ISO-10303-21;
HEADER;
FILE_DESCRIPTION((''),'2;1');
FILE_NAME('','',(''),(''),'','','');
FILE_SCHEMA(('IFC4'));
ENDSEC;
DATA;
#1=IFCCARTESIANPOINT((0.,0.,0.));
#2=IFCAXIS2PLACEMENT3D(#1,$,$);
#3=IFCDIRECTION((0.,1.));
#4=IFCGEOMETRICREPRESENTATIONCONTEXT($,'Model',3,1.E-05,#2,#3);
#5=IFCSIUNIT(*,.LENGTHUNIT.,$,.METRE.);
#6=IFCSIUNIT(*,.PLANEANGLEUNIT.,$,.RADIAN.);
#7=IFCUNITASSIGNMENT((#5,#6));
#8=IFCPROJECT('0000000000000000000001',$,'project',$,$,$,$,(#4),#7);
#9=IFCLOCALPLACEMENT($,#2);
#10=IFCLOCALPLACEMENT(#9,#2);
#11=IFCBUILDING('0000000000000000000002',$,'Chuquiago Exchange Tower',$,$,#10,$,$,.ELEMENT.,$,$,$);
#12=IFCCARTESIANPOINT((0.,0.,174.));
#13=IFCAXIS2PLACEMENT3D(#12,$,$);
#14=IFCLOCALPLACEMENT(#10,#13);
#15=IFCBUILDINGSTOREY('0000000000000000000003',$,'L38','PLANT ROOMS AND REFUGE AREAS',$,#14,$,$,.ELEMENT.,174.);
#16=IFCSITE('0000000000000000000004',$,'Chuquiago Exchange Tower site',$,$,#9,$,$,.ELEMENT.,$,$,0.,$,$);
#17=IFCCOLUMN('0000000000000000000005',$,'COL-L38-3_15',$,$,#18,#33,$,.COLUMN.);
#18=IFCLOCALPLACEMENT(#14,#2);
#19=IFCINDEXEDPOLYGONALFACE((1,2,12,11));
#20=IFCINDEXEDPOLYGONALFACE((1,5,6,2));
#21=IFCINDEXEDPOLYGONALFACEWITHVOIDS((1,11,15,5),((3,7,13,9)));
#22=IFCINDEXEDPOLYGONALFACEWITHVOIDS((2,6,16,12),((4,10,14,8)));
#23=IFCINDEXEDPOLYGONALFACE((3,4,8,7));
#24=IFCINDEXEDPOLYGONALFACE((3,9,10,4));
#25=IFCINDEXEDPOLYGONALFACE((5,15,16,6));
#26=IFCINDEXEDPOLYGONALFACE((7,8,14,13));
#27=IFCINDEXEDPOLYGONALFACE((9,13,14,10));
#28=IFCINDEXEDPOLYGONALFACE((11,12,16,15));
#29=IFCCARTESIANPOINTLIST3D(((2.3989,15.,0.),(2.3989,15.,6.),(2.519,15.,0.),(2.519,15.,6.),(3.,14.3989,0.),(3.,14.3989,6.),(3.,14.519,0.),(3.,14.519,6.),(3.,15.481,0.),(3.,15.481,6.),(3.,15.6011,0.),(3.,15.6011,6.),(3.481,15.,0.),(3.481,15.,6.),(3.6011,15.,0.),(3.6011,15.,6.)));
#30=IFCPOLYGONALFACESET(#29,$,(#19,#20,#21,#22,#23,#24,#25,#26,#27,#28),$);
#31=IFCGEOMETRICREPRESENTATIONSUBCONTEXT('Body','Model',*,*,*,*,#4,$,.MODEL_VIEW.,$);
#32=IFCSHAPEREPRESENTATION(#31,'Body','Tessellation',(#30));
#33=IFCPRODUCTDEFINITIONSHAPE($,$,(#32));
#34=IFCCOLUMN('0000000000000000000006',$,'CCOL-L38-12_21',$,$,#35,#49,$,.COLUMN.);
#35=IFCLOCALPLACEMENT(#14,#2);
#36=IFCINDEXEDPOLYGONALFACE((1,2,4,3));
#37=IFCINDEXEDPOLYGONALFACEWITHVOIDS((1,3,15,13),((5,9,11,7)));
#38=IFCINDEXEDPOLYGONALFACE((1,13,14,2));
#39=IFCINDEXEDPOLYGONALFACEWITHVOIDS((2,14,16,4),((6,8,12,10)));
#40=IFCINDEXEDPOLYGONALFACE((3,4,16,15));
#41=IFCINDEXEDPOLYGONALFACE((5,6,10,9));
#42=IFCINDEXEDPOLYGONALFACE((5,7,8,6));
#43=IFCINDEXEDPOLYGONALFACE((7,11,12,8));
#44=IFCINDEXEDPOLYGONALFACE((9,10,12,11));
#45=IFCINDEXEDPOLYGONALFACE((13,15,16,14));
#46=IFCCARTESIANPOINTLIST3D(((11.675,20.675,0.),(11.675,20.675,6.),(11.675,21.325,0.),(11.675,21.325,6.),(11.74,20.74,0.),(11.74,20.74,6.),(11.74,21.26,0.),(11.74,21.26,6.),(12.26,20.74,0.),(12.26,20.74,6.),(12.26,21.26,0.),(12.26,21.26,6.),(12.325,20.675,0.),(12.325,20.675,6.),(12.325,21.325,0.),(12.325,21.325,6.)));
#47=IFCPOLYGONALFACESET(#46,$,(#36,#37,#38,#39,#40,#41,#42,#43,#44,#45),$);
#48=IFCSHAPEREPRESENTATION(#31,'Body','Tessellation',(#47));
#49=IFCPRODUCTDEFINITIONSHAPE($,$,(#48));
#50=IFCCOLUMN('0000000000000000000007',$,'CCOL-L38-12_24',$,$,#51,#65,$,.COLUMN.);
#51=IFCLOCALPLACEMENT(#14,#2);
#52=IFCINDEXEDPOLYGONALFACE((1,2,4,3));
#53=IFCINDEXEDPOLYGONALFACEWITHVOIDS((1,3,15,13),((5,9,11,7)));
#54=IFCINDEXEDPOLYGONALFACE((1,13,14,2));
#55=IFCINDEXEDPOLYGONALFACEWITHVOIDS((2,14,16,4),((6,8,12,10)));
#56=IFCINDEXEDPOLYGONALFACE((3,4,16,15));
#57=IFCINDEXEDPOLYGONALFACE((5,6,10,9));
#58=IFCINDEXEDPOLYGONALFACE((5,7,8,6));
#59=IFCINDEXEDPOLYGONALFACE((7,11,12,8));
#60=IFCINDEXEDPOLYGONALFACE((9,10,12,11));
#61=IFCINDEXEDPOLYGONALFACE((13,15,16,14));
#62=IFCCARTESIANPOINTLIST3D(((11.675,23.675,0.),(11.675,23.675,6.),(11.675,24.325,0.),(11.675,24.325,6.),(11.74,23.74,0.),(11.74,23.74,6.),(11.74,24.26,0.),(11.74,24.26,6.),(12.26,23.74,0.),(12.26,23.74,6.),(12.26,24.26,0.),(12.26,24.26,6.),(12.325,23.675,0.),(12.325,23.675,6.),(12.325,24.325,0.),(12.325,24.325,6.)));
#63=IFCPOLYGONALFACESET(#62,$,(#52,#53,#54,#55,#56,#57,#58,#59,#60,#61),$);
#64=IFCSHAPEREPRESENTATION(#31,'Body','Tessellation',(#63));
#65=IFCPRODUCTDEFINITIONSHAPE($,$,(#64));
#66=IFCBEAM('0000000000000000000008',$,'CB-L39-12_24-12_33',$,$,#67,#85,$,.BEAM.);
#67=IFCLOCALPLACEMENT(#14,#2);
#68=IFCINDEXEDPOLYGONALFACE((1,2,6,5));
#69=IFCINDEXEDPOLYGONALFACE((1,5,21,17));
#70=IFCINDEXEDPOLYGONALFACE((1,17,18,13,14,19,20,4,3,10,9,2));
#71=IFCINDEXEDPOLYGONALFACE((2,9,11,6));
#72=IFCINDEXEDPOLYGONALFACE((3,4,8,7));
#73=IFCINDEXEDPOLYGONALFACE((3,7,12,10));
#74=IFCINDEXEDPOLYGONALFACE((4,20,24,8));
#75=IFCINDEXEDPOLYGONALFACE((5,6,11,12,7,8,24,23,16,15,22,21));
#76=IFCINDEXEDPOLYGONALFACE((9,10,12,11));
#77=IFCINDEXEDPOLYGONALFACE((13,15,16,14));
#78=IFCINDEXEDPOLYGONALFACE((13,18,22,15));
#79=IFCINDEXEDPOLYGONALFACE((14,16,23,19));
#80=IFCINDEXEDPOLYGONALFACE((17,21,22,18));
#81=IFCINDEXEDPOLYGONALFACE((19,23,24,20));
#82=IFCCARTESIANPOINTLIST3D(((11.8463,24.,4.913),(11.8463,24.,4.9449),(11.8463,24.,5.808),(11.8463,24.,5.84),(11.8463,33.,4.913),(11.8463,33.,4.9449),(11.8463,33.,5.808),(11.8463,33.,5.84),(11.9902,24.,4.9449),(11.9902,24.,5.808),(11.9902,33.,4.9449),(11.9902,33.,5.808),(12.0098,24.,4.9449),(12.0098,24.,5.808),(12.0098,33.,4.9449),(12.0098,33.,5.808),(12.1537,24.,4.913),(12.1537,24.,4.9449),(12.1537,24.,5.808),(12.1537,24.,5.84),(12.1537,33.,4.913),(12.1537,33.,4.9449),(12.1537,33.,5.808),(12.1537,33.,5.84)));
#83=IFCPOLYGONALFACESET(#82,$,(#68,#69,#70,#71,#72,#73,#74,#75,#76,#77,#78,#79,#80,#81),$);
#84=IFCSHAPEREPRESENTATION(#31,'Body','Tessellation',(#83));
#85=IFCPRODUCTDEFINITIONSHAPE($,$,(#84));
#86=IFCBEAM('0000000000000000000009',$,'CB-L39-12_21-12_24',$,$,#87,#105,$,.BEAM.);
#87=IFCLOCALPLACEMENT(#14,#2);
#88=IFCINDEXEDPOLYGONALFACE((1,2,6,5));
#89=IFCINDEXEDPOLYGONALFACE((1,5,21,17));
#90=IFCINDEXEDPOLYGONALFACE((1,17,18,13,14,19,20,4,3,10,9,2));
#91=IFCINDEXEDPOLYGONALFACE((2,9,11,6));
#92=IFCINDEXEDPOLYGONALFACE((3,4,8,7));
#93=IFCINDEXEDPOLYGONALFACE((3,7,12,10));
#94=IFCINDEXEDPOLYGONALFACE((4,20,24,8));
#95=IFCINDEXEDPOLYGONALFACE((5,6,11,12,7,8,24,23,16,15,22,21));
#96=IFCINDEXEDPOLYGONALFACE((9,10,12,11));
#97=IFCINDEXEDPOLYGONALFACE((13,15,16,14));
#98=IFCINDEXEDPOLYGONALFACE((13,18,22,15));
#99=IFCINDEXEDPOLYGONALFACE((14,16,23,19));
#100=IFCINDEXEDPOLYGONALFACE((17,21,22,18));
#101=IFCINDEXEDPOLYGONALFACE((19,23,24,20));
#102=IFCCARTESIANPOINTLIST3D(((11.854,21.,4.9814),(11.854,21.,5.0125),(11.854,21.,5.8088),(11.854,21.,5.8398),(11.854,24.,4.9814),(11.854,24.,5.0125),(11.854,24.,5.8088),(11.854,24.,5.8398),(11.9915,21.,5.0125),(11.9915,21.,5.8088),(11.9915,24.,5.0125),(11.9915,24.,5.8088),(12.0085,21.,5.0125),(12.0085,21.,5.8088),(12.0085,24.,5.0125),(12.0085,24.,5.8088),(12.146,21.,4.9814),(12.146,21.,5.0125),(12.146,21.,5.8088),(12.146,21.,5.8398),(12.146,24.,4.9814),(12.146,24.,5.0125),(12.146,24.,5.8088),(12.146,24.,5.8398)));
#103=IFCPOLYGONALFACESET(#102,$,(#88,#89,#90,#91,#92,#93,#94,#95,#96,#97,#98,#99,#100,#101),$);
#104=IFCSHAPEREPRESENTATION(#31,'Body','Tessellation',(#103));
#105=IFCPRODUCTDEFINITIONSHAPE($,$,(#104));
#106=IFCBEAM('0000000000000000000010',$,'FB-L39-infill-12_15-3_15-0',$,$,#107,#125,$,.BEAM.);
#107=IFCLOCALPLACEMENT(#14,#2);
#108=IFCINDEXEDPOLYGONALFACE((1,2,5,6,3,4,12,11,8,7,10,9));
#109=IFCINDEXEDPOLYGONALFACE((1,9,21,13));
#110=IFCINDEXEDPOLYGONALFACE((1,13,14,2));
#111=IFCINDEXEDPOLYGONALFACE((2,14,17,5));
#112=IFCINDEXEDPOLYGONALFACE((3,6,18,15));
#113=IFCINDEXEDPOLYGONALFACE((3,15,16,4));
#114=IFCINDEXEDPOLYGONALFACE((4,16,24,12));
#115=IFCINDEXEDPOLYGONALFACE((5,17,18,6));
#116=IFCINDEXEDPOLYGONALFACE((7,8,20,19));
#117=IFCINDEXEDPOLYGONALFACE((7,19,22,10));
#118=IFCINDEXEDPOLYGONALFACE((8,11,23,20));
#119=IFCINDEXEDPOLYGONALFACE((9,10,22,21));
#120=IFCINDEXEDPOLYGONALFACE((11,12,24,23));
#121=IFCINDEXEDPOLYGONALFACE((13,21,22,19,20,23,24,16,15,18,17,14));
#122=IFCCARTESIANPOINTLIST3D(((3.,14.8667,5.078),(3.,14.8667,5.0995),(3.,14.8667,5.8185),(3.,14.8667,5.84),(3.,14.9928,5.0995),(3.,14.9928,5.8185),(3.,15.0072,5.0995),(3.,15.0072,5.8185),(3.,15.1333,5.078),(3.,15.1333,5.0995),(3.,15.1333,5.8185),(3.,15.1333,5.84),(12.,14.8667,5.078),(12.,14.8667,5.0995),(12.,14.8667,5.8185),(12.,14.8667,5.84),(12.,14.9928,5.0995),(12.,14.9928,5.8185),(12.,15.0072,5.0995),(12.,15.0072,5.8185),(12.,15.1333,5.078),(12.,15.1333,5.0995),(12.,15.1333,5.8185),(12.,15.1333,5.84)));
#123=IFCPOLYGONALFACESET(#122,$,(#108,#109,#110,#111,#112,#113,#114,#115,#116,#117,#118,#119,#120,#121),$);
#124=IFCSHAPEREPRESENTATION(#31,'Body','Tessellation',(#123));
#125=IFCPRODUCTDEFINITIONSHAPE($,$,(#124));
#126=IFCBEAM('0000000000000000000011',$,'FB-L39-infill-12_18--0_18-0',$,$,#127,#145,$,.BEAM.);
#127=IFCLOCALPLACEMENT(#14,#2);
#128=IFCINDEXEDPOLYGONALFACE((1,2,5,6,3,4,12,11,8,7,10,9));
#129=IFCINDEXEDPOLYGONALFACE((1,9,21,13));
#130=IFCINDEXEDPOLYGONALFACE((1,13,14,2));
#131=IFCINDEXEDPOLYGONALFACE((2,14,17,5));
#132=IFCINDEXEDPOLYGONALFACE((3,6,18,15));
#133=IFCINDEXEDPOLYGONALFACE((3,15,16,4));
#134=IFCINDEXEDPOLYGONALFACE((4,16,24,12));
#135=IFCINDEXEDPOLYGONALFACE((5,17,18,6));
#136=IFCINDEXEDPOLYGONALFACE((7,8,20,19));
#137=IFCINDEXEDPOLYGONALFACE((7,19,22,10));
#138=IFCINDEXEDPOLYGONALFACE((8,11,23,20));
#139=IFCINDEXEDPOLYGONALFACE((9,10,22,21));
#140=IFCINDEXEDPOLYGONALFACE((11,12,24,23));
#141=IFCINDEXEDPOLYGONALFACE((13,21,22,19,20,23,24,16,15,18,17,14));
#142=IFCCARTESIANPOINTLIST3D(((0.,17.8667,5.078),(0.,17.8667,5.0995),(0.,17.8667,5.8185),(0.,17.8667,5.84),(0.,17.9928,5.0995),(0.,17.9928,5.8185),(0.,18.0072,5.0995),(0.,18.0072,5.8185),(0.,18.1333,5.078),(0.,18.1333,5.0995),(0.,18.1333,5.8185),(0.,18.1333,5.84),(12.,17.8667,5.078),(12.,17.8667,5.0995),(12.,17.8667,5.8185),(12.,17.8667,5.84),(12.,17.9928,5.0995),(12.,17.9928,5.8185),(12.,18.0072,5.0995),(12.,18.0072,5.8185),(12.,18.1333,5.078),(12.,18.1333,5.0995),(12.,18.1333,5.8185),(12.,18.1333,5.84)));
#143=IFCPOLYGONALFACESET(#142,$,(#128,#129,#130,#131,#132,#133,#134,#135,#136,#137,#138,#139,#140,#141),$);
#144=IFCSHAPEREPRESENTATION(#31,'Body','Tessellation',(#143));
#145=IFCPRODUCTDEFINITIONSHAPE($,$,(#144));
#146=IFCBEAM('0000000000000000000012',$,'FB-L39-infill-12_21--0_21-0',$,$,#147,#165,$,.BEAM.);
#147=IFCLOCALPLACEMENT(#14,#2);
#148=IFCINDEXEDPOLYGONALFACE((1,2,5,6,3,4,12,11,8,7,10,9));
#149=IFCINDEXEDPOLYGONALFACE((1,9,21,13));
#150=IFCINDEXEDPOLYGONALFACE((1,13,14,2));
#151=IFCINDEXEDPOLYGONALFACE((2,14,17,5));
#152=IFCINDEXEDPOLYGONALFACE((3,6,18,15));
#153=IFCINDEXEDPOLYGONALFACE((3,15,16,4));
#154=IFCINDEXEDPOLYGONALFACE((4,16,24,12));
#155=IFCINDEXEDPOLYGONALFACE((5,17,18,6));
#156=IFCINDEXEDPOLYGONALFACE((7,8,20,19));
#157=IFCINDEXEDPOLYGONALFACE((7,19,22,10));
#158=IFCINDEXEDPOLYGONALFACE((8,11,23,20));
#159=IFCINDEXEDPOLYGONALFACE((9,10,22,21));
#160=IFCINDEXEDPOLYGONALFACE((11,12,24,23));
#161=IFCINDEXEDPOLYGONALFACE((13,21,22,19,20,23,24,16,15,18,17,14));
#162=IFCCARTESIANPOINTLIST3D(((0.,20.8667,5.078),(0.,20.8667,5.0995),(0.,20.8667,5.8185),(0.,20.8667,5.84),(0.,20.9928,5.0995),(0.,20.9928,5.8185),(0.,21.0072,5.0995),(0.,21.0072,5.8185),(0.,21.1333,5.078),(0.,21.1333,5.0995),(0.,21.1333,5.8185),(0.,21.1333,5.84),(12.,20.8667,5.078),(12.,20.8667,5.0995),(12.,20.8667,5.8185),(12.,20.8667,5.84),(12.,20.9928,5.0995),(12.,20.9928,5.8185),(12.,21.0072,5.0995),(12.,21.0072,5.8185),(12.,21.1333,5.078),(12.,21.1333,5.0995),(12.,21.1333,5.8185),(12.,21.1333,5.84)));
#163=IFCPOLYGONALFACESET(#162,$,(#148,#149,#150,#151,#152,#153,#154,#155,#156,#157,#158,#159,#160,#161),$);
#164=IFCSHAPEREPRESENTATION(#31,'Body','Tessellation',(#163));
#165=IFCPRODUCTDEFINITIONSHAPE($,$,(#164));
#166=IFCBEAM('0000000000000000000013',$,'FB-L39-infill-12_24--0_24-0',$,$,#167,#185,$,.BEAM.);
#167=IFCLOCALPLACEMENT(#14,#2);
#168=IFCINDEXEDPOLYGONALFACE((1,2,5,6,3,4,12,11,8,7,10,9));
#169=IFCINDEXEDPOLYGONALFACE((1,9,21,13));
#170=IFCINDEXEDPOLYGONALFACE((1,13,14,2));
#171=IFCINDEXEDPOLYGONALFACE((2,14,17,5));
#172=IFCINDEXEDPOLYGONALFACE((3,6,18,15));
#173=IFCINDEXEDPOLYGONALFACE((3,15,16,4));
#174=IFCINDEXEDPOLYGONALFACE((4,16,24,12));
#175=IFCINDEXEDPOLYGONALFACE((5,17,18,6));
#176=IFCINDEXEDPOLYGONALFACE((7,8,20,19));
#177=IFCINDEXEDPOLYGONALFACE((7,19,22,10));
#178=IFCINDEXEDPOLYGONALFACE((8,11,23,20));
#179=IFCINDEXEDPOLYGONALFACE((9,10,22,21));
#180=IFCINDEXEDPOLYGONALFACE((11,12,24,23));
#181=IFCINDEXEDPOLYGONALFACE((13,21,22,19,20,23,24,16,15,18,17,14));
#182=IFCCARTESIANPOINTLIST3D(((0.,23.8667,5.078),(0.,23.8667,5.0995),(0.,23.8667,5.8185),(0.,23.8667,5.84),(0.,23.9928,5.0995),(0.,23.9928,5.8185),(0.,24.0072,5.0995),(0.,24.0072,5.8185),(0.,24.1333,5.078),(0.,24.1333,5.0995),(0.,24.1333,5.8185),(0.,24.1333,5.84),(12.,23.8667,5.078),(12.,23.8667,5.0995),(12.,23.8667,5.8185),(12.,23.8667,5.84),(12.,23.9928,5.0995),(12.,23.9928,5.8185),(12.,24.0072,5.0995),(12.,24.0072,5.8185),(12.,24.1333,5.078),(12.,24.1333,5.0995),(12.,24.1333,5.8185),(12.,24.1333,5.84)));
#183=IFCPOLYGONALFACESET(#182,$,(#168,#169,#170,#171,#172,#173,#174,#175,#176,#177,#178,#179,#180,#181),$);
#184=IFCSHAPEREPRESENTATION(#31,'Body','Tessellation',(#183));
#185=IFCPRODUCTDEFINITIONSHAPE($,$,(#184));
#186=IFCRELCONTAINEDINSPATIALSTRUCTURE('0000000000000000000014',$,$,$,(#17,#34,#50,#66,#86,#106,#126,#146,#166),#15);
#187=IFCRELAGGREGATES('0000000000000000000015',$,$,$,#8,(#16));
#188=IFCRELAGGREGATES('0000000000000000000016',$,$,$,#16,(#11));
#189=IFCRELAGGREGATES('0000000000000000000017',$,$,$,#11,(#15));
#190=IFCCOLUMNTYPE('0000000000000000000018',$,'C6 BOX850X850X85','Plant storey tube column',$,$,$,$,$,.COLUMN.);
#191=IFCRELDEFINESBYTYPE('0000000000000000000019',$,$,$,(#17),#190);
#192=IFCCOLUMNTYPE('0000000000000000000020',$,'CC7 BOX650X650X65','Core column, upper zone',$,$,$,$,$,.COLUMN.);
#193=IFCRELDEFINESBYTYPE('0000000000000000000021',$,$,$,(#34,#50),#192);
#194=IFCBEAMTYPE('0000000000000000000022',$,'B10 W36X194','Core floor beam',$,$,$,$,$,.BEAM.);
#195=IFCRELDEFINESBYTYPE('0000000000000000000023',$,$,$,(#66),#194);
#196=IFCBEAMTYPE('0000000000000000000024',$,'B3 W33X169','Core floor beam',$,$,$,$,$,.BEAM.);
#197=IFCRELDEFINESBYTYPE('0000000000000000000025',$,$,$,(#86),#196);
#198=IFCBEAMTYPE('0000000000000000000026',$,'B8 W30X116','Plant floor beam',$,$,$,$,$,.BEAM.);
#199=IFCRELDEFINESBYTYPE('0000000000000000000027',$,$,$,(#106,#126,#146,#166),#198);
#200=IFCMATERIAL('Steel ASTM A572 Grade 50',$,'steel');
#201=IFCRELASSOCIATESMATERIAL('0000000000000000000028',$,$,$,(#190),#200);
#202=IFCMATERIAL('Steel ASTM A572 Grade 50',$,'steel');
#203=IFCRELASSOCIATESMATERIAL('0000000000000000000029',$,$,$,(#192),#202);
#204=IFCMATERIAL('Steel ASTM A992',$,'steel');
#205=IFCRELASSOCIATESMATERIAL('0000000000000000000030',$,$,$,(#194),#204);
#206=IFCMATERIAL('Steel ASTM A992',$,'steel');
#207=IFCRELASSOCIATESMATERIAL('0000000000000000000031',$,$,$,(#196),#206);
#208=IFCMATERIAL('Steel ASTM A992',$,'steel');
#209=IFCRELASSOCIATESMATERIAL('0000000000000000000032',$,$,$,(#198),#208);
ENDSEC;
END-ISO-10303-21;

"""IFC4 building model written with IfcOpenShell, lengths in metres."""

from ifc_helpers import new_model, si_unit, direction, frame, origin, origin_2d, place, context, subcontext, project, spatial, hollow_rectangle, i_section, extrude, material, material_profile, profile_set, type_object, element, save


model = new_model("IFC4")

# Units and contexts
model_context = context("Model", 3, precision=1e-05, world=origin(), true_north=direction((0.0, 1.0)))
body_context = subcontext(model_context, "Body", "Model", "MODEL_VIEW")
ifc_project = project(units=[si_unit("LENGTHUNIT", "METRE"), si_unit("PLANEANGLEUNIT", "RADIAN")], contexts=[model_context])

# Site, building, storey
site_placement = place(None, origin())
site = spatial("IfcSite", under=ifc_project, at=site_placement, Name="Chuquiago Exchange Tower site", CompositionType="ELEMENT", RefElevation=0.0)
building_placement = place(site_placement, origin())
building = spatial("IfcBuilding", under=site, at=building_placement, Name="Chuquiago Exchange Tower", CompositionType="ELEMENT")
storey_placement = place(building_placement, frame((0.0, 0.0, 174.0)))
storey = spatial("IfcBuildingStorey", under=building, at=storey_placement, Name="L38", Description="PLANT ROOMS AND REFUGE AREAS", CompositionType="ELEMENT", Elevation=174.0)

# Columns
ifc_material_1 = material(Name="Steel ASTM A572 Grade 50", Category="steel")
ifc_material_profile_1 = material_profile(ifc_material_1, hollow_rectangle(XDim=0.8501, YDim=0.8501, WallThickness=0.085, at=origin_2d()), Name="BOX850X850X85")
ifc_profile_set_1 = profile_set([ifc_material_profile_1], Name="Steel ASTM A572 Grade 50")
column_type_1 = type_object("IfcColumnType", Name="C6 BOX850X850X85", Description="Plant storey tube column", PredefinedType="COLUMN", material=ifc_profile_set_1)
column_placement = place(storey_placement, frame((3.0, 15.0, 0.0), z_axis=(0.0, 0.0, 1.0), x_axis=(-0.707107, -0.707107, 0.0)))
element("IfcColumn", 1, at=column_placement, inside=storey, type_object=column_type_1, Name="COL-L38-3_15", PredefinedType="COLUMN", context=body_context, shape_type="SweptSolid", body=[
    extrude(hollow_rectangle(XDim=0.8501, YDim=0.8501, WallThickness=0.085, at=origin_2d()), origin(), (0.0, 0.0, 1.0), 6.0),
])
ifc_material_2 = material(Name="Steel ASTM A572 Grade 50", Category="steel")
ifc_material_profile_2 = material_profile(ifc_material_2, hollow_rectangle(XDim=0.6499, YDim=0.6499, WallThickness=0.0649, at=origin_2d()), Name="BOX650X650X65")
ifc_profile_set_2 = profile_set([ifc_material_profile_2], Name="Steel ASTM A572 Grade 50")
column_type_2 = type_object("IfcColumnType", Name="CC7 BOX650X650X65", Description="Core column, upper zone", PredefinedType="COLUMN", material=ifc_profile_set_2)
for number, where, z_axis, x_axis, name in (
    (2, (12.0, 21.0, 0.0), (0.0, 0.0, 1.0), (1.0, 0.0, 0.0), "CCOL-L38-12_21"),
    (3, (12.0, 24.0, 0.0), (0.0, 0.0, 1.0), (1.0, 0.0, 0.0), "CCOL-L38-12_24"),
):
    element("IfcColumn", number, at=place(storey_placement, frame(where, z_axis=z_axis, x_axis=x_axis)), inside=storey, type_object=column_type_2, Name=name, PredefinedType="COLUMN", context=body_context, shape_type="SweptSolid", body=[
        extrude(hollow_rectangle(XDim=0.6499, YDim=0.6499, WallThickness=0.0649, at=origin_2d()), origin(), (0.0, 0.0, 1.0), 6.0),
    ])

# Beams
ifc_material_3 = material(Name="Steel ASTM A992", Category="steel")
ifc_material_profile_3 = material_profile(ifc_material_3, i_section(OverallWidth=0.3074, OverallDepth=0.927, WebThickness=0.0195, FlangeThickness=0.032, at=origin_2d()), Name="W36X194")
ifc_profile_set_3 = profile_set([ifc_material_profile_3], Name="Steel ASTM A992")
beam_type_1 = type_object("IfcBeamType", Name="B10 W36X194", Description="Core floor beam", PredefinedType="BEAM", material=ifc_profile_set_3)
beam_1_placement = place(storey_placement, frame((12.0, 24.0, 5.3765), z_axis=(0.0, 1.0, 0.0), x_axis=(-1.0, 0.0, 0.0)))
element("IfcBeam", 4, at=beam_1_placement, inside=storey, type_object=beam_type_1, Name="CB-L39-12_24-12_33", PredefinedType="BEAM", context=body_context, shape_type="SweptSolid", body=[
    extrude(i_section(OverallWidth=0.3074, OverallDepth=0.927, WebThickness=0.0195, FlangeThickness=0.032, at=origin_2d()), origin(), (0.0, 0.0, 1.0), 9.0),
])
ifc_material_4 = material(Name="Steel ASTM A992", Category="steel")
ifc_material_profile_4 = material_profile(ifc_material_4, i_section(OverallWidth=0.292, OverallDepth=0.8584, WebThickness=0.0171, FlangeThickness=0.031, at=origin_2d()), Name="W33X169")
ifc_profile_set_4 = profile_set([ifc_material_profile_4], Name="Steel ASTM A992")
beam_type_2 = type_object("IfcBeamType", Name="B3 W33X169", Description="Core floor beam", PredefinedType="BEAM", material=ifc_profile_set_4)
beam_2_placement = place(storey_placement, frame((12.0, 21.0, 5.4106), z_axis=(0.0, 1.0, 0.0), x_axis=(-1.0, 0.0, 0.0)))
element("IfcBeam", 5, at=beam_2_placement, inside=storey, type_object=beam_type_2, Name="CB-L39-12_21-12_24", PredefinedType="BEAM", context=body_context, shape_type="SweptSolid", body=[
    extrude(i_section(OverallWidth=0.292, OverallDepth=0.8584, WebThickness=0.0171, FlangeThickness=0.031, at=origin_2d()), origin(), (0.0, 0.0, 1.0), 3.0),
])
ifc_material_5 = material(Name="Steel ASTM A992", Category="steel")
ifc_material_profile_5 = material_profile(ifc_material_5, i_section(OverallWidth=0.2666, OverallDepth=0.762, WebThickness=0.0144, FlangeThickness=0.0215, at=origin_2d()), Name="W30X116")
ifc_profile_set_5 = profile_set([ifc_material_profile_5], Name="Steel ASTM A992")
beam_type_3 = type_object("IfcBeamType", Name="B8 W30X116", Description="Plant floor beam", PredefinedType="BEAM", material=ifc_profile_set_5)
beam_3_placement = place(storey_placement, frame((12.0, 15.0, 5.459), z_axis=(-1.0, 0.0, 0.0), x_axis=(0.0, -1.0, 0.0)))
element("IfcBeam", 6, at=beam_3_placement, inside=storey, type_object=beam_type_3, Name="FB-L39-infill-12_15-3_15-0", PredefinedType="BEAM", context=body_context, shape_type="SweptSolid", body=[
    extrude(i_section(OverallWidth=0.2666, OverallDepth=0.762, WebThickness=0.0144, FlangeThickness=0.0215, at=origin_2d()), origin(), (0.0, 0.0, 1.0), 9.0),
])
for number, where, z_axis, x_axis, name in (
    (7, (12.0, 18.0, 5.459), (-1.0, 0.0, 0.0), (0.0, -1.0, 0.0), "FB-L39-infill-12_18--0_18-0"),
    (8, (12.0, 21.0, 5.459), (-1.0, 0.0, 0.0), (0.0, -1.0, 0.0), "FB-L39-infill-12_21--0_21-0"),
    (9, (12.0, 24.0, 5.459), (-1.0, 0.0, 0.0), (0.0, -1.0, 0.0), "FB-L39-infill-12_24--0_24-0"),
):
    element("IfcBeam", number, at=place(storey_placement, frame(where, z_axis=z_axis, x_axis=x_axis)), inside=storey, type_object=beam_type_3, Name=name, PredefinedType="BEAM", context=body_context, shape_type="SweptSolid", body=[
        extrude(i_section(OverallWidth=0.2666, OverallDepth=0.762, WebThickness=0.0144, FlangeThickness=0.0215, at=origin_2d()), origin(), (0.0, 0.0, 1.0), 12.0),
    ])

save(model, "model.ifc")
